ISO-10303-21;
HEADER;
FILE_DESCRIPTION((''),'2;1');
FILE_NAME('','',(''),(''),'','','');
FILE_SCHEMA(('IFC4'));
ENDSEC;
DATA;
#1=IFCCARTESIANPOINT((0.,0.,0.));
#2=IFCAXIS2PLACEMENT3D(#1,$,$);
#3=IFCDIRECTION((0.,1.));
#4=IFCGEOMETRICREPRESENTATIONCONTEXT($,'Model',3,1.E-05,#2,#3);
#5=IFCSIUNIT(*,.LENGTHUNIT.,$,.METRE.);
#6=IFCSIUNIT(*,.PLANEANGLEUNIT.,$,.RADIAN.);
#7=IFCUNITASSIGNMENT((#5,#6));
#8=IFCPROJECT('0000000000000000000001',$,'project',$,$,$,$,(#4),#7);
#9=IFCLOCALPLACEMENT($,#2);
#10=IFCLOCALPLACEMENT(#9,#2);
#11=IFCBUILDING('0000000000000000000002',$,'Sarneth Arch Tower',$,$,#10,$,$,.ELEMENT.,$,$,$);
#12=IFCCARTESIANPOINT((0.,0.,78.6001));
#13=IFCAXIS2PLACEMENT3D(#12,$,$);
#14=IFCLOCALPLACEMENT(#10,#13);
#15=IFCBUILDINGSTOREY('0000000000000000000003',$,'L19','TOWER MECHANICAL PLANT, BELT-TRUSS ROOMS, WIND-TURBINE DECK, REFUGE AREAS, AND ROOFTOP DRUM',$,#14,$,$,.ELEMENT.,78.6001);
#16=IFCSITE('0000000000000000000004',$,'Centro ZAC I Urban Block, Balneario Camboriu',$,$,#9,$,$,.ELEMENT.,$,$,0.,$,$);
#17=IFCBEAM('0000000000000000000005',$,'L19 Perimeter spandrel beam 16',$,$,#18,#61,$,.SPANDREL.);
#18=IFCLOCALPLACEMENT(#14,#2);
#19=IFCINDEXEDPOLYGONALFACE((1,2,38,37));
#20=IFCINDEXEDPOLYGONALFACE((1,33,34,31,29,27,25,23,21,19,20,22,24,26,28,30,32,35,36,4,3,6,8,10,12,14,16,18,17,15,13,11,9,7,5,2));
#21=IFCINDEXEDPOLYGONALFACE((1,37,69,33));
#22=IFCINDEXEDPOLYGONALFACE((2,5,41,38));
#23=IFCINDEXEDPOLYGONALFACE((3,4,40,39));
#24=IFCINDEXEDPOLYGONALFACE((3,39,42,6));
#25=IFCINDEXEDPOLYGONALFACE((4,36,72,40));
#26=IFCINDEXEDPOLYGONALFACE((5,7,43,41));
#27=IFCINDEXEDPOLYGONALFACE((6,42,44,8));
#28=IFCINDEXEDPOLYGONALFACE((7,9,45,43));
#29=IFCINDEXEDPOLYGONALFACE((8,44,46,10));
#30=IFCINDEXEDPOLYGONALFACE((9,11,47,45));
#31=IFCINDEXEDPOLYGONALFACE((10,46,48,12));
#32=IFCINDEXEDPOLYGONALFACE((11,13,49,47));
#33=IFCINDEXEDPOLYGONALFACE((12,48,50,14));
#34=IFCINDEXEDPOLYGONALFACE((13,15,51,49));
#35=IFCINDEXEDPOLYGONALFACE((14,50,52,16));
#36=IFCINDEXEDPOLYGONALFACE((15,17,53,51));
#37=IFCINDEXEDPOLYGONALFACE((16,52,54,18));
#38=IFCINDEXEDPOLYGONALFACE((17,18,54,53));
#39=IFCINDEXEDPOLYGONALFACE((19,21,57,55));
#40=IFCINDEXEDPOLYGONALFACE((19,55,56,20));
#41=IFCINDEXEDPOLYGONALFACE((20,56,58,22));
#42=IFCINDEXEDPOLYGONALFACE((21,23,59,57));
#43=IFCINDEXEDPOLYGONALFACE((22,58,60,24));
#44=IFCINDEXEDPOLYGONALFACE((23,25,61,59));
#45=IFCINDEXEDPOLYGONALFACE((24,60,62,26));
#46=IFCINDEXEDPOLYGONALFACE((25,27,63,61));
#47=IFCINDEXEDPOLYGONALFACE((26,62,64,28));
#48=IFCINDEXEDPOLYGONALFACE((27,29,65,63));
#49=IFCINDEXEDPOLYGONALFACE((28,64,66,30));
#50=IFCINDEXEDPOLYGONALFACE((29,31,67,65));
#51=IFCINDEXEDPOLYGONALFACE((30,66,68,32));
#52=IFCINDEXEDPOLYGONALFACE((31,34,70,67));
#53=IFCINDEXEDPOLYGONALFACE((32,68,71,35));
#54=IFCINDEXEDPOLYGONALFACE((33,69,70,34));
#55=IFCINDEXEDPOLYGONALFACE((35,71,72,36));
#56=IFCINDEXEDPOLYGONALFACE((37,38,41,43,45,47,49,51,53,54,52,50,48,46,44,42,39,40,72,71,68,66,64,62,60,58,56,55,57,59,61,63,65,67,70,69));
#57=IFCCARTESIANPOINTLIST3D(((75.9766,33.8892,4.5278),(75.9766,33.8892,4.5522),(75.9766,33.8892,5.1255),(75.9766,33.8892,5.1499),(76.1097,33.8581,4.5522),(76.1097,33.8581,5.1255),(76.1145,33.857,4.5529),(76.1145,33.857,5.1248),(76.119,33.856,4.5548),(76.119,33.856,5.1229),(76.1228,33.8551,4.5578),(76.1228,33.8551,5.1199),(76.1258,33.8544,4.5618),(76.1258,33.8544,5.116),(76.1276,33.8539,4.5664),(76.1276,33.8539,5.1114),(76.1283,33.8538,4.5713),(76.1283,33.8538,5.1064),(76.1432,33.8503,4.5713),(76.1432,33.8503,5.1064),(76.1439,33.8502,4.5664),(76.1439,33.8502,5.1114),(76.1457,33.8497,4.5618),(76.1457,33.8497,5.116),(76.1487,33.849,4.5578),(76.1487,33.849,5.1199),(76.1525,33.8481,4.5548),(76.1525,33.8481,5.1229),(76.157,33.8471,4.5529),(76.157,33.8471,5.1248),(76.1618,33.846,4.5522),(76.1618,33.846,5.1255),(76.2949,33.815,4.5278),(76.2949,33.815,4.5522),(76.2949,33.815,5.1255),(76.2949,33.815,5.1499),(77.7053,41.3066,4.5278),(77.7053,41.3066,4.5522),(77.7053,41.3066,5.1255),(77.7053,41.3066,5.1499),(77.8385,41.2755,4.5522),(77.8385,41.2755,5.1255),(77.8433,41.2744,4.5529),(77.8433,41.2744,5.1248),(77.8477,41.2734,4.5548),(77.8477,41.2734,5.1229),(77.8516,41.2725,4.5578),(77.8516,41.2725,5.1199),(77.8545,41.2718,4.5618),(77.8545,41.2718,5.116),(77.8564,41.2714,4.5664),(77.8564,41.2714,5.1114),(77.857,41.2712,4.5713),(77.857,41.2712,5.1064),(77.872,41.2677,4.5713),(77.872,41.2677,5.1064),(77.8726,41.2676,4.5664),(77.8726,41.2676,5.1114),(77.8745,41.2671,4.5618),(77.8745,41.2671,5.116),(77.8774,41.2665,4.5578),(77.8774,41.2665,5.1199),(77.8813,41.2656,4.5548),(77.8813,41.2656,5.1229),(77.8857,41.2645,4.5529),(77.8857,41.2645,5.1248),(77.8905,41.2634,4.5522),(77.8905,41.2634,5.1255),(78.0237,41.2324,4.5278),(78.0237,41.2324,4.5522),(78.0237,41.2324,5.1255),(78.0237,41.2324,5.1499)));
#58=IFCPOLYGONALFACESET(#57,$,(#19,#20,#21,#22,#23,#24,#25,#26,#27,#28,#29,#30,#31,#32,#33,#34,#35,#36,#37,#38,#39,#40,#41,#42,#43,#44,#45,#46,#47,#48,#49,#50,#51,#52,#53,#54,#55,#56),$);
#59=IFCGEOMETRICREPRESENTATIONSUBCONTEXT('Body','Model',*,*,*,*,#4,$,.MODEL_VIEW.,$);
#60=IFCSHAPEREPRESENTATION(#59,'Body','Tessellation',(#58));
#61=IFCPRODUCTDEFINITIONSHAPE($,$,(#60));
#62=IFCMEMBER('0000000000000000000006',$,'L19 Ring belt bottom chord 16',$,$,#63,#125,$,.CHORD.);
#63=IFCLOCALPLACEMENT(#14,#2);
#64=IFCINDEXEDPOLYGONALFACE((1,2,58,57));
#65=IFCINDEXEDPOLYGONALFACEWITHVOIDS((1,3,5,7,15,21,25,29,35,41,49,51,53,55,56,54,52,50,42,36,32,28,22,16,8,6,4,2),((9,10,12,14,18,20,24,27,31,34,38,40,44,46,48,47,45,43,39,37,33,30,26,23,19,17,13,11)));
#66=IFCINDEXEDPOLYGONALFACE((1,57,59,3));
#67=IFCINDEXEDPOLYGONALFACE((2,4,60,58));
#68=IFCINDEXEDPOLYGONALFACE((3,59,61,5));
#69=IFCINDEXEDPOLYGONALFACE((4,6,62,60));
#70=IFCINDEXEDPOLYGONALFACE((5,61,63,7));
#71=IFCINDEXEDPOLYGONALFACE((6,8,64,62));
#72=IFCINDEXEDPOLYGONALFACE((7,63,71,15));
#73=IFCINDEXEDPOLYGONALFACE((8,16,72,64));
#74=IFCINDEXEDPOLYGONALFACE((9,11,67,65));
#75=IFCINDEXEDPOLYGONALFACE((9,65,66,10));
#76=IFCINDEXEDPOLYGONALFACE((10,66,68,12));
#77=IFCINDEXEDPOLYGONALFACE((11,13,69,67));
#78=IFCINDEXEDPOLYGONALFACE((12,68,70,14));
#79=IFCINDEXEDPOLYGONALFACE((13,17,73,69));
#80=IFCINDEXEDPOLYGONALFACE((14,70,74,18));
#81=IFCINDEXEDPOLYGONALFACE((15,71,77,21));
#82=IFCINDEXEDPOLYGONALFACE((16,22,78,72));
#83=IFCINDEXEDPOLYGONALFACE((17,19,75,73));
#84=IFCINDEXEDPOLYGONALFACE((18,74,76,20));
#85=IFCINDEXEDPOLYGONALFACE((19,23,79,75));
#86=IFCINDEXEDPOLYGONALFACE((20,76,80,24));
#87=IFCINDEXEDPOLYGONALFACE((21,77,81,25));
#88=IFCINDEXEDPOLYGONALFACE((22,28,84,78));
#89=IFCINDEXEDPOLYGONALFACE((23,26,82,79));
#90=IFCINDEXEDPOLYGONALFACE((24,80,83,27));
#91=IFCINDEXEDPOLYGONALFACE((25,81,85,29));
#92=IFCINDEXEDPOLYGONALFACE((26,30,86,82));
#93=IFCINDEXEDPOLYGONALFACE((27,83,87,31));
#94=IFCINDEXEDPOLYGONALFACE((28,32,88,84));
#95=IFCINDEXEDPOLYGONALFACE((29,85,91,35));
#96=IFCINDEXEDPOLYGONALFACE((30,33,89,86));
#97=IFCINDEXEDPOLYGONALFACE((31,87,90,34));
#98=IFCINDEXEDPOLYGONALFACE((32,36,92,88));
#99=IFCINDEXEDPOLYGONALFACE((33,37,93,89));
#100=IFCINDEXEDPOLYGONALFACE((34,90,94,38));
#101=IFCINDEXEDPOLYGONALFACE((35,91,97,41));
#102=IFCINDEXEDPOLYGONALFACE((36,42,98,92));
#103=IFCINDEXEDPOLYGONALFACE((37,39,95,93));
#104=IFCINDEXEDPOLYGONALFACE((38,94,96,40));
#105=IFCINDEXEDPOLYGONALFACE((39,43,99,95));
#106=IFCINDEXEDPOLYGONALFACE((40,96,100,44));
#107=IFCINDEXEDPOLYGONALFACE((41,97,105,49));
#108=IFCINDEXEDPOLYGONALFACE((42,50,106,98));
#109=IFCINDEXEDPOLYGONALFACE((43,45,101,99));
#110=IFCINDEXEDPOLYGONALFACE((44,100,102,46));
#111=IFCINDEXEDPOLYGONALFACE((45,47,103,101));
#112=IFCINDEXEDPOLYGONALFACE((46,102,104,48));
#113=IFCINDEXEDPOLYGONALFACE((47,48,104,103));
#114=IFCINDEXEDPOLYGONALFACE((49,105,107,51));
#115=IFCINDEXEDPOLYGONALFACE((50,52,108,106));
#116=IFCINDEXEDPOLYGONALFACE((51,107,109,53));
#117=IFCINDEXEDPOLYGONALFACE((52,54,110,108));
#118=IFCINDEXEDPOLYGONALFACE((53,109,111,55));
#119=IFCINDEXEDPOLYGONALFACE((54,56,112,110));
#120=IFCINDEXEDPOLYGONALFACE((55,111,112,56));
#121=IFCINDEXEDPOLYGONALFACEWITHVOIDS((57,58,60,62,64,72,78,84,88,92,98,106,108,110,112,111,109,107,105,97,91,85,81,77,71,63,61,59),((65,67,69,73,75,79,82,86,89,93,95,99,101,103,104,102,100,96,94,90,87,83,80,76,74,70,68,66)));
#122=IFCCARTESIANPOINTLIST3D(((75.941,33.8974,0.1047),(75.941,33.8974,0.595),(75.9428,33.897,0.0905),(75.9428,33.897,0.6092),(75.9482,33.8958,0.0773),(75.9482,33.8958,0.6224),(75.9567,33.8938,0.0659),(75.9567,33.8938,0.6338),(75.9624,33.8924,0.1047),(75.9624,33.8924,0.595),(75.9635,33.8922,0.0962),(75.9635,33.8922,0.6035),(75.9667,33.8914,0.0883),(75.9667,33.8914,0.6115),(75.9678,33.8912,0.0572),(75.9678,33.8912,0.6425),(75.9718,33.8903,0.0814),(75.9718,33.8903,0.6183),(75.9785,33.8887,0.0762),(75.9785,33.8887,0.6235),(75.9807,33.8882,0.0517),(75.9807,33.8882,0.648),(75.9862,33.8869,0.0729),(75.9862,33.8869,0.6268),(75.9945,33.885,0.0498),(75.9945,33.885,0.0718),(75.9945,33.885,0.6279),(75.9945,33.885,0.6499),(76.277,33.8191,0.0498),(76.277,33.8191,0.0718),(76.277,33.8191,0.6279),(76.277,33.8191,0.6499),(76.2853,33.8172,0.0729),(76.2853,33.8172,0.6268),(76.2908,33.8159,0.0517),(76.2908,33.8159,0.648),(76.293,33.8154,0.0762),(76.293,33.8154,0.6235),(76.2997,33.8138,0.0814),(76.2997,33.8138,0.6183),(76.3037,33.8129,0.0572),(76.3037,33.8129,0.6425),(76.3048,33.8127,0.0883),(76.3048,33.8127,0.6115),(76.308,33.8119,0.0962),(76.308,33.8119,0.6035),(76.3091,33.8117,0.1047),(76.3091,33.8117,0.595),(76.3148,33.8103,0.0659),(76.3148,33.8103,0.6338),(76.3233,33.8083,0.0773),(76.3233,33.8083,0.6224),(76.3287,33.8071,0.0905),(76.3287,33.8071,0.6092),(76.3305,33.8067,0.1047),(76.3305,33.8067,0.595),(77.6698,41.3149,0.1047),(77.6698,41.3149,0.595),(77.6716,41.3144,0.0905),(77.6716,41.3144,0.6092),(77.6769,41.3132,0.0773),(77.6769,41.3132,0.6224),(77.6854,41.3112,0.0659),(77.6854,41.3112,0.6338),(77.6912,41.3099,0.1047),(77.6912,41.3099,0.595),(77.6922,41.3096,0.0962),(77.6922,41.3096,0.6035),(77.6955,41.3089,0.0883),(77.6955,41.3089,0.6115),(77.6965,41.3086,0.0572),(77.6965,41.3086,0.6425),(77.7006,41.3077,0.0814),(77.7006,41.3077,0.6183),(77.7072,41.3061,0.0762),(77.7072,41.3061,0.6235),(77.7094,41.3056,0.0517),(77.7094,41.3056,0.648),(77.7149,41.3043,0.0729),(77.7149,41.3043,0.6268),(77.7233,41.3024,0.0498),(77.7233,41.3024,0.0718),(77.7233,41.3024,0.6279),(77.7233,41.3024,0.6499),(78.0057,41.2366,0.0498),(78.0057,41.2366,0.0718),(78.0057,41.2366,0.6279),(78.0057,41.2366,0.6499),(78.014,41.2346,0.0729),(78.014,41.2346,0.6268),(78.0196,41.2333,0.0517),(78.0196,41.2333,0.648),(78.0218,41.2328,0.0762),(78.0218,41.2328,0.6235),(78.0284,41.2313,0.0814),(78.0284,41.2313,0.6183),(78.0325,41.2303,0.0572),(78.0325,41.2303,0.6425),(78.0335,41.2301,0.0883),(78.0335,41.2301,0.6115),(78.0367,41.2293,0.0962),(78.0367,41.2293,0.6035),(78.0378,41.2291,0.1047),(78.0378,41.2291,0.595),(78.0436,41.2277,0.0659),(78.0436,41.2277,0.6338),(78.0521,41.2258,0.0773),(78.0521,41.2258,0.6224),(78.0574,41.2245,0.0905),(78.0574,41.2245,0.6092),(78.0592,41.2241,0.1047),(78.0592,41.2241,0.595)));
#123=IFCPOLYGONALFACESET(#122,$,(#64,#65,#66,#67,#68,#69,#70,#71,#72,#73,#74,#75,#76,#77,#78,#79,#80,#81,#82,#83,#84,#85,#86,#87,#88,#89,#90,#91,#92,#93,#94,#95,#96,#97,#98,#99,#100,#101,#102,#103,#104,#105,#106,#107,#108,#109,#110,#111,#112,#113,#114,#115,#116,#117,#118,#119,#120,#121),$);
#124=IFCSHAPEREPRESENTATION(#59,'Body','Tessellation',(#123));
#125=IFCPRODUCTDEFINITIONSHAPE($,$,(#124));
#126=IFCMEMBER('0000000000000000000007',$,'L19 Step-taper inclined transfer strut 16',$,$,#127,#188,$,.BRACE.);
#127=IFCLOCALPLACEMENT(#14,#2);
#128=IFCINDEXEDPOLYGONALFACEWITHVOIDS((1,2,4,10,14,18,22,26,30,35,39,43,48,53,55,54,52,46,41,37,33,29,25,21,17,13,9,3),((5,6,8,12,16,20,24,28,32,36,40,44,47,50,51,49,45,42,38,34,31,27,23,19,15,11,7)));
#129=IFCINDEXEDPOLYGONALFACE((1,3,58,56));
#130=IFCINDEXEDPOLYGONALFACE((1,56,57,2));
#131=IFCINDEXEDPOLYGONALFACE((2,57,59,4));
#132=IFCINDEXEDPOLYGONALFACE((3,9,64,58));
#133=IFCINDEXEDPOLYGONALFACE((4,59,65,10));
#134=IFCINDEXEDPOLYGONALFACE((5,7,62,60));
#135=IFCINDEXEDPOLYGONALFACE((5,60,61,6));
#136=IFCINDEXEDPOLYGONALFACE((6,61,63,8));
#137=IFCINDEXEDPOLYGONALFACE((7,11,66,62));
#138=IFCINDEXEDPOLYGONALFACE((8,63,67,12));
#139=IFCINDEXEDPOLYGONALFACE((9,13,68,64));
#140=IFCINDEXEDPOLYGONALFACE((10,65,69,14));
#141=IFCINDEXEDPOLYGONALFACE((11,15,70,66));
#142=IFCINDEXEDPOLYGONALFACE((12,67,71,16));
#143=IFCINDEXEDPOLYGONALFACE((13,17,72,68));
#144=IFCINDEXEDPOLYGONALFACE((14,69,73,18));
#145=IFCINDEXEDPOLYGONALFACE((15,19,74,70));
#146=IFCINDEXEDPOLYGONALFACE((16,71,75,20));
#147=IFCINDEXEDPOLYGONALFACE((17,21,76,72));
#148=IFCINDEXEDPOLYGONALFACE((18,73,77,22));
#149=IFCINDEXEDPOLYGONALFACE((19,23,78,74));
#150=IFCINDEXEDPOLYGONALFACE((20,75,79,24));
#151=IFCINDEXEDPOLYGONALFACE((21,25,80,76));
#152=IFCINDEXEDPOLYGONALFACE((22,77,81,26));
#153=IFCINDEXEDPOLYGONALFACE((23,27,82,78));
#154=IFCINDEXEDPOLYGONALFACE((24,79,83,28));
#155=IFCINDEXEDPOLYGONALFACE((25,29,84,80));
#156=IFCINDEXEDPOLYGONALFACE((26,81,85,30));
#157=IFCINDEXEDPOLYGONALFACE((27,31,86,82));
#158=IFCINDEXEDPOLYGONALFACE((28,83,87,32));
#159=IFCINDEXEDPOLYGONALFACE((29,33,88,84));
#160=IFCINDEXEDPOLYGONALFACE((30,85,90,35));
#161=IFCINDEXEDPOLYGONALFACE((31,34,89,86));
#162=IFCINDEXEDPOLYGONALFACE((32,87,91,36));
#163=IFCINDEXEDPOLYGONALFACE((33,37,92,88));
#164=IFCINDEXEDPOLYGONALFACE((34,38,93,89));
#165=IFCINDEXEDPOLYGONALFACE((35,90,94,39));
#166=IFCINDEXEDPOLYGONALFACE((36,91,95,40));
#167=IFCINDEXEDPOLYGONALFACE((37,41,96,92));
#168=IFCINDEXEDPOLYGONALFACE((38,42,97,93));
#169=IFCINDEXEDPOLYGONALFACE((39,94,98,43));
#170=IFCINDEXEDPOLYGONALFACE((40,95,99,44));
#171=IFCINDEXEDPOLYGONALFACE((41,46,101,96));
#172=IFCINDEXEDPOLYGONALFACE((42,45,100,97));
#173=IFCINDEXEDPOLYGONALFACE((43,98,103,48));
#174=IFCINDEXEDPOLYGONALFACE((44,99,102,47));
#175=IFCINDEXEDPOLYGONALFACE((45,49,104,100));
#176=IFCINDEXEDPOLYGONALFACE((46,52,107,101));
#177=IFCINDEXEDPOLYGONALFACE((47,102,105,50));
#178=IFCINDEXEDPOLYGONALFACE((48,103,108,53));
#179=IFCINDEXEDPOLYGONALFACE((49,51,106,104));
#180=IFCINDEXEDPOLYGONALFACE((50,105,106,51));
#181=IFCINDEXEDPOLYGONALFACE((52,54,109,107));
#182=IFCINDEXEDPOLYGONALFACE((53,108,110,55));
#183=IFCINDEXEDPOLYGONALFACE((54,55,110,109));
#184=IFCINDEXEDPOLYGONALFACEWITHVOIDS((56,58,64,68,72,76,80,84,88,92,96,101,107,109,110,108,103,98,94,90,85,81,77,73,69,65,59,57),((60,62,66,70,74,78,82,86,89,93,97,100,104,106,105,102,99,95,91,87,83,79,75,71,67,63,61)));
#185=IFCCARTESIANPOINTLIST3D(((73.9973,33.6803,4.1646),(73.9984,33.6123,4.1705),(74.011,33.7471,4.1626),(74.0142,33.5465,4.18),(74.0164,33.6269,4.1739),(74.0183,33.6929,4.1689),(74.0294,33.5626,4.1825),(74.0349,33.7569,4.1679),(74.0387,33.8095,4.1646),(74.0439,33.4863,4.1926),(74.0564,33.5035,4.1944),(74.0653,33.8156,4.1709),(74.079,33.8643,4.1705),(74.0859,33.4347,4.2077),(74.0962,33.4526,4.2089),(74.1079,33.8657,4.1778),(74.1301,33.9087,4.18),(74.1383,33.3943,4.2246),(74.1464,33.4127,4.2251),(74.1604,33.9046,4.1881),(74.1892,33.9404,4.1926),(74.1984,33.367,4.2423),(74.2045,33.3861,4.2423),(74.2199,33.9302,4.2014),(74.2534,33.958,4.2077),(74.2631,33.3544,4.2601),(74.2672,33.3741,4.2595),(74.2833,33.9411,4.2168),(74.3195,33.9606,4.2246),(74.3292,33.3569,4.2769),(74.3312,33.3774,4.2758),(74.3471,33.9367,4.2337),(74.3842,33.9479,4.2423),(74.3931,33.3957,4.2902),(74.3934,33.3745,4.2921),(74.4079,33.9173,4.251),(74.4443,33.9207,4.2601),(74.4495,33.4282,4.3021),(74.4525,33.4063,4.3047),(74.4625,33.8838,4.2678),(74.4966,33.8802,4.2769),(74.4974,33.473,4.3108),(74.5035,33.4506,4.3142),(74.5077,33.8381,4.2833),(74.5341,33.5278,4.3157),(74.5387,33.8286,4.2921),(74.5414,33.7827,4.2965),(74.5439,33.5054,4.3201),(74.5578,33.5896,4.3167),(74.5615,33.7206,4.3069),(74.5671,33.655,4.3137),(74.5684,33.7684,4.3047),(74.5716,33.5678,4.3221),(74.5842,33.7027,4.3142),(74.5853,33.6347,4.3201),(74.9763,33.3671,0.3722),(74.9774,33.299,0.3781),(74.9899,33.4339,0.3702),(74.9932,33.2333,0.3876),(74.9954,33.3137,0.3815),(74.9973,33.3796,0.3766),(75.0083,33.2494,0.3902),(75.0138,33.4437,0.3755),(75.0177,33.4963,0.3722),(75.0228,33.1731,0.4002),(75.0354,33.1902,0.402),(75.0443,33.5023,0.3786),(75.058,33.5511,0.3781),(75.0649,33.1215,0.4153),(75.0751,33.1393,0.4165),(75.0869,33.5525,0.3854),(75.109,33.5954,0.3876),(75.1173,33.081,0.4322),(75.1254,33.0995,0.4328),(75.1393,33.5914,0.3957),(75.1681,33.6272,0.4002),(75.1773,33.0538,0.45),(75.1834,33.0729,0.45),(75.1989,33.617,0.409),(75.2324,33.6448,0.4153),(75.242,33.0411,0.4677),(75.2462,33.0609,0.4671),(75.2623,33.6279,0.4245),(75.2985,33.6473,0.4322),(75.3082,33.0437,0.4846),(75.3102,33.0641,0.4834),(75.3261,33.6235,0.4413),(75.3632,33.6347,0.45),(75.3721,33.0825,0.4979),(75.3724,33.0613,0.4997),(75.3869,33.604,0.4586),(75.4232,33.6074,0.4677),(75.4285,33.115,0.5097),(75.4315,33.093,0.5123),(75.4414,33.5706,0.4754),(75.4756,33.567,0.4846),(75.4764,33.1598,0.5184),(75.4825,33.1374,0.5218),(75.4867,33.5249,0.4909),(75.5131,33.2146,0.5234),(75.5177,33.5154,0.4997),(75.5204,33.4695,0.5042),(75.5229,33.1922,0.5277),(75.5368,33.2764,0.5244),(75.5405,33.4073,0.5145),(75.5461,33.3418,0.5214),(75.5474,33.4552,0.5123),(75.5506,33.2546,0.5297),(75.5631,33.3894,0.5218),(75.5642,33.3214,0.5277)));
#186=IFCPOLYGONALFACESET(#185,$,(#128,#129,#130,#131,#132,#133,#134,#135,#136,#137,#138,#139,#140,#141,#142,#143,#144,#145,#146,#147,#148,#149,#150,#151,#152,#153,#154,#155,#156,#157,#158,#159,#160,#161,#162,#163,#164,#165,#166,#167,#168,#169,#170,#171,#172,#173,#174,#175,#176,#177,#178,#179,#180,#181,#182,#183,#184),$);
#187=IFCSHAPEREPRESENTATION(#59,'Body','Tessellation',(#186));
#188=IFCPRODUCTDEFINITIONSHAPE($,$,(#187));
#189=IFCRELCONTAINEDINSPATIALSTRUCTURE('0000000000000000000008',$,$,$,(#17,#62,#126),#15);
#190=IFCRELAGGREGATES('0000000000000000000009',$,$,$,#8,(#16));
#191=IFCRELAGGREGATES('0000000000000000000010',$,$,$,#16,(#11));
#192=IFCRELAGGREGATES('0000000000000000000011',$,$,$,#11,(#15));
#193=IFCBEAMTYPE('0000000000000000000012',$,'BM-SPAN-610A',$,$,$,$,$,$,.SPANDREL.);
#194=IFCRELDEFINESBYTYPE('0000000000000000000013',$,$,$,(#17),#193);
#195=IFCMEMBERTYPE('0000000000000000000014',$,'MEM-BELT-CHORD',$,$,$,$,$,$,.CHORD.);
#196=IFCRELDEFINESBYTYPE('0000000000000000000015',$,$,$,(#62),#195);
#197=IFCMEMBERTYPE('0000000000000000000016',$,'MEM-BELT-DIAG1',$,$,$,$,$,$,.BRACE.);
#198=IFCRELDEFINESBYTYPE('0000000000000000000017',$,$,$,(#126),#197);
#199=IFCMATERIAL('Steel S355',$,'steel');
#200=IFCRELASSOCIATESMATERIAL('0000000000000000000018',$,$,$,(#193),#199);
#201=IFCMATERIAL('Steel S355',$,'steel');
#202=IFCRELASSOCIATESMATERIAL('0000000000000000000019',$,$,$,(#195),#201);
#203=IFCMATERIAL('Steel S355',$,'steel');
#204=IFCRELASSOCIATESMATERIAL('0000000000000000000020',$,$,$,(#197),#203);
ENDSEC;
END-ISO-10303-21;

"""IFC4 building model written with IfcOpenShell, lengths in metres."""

from ifc_helpers import new_model, si_unit, direction, frame, origin, origin_2d, place, context, subcontext, project, spatial, hollow_rectangle, hollow_circle, i_section, extrude, material, material_profile, profile_set, type_object, element, save


model = new_model("IFC4")

# Units and contexts
model_context = context("Model", 3, precision=1e-05, world=origin(), true_north=direction((0.0, 1.0)))
body_context = subcontext(model_context, "Body", "Model", "MODEL_VIEW")
ifc_project = project(units=[si_unit("LENGTHUNIT", "METRE"), si_unit("PLANEANGLEUNIT", "RADIAN")], contexts=[model_context])

# Site, building, storey
site_placement = place(None, origin())
site = spatial("IfcSite", under=ifc_project, at=site_placement, Name="Centro ZAC I Urban Block, Balneario Camboriu", CompositionType="ELEMENT", RefElevation=0.0)
building_placement = place(site_placement, origin())
building = spatial("IfcBuilding", under=site, at=building_placement, Name="Sarneth Arch Tower", CompositionType="ELEMENT")
storey_placement = place(building_placement, frame((0.0, 0.0, 78.6001)))
storey = spatial("IfcBuildingStorey", under=building, at=storey_placement, Name="L19", Description="TOWER MECHANICAL PLANT, BELT-TRUSS ROOMS, WIND-TURBINE DECK, REFUGE AREAS, AND ROOFTOP DRUM", CompositionType="ELEMENT", Elevation=78.6001)

# Beam
ifc_material_1 = material(Name="Steel S355", Category="steel")
ifc_material_profile_1 = material_profile(ifc_material_1, i_section(OverallWidth=0.3269, OverallDepth=0.6221, WebThickness=0.0154, FlangeThickness=0.0244, FilletRadius=0.019, at=origin_2d()), Name="W610x195")
ifc_profile_set_1 = profile_set([ifc_material_profile_1], Name="Steel S355")
beam_type_1 = type_object("IfcBeamType", Name="BM-SPAN-610A", PredefinedType="SPANDREL", material=ifc_profile_set_1)
beam_1_placement = place(storey_placement, frame((76.1357, 33.8521, 4.8389), z_axis=(0.226982, 0.973899, 0.0), x_axis=(-0.973899, 0.226982, 0.0)))
element("IfcBeam", 1, at=beam_1_placement, inside=storey, type_object=beam_type_1, Name="L19 Perimeter spandrel beam 16", PredefinedType="SPANDREL", context=body_context, shape_type="SweptSolid", body=[
    extrude(i_section(OverallWidth=0.3269, OverallDepth=0.6221, WebThickness=0.0154, FlangeThickness=0.0244, FilletRadius=0.019, at=origin_2d()), origin(), (0.0, 0.0, 1.0), 7.6162),
])

# Members
ifc_material_2 = material(Name="Steel S355", Category="steel")
ifc_material_profile_2 = material_profile(ifc_material_2, hollow_rectangle(XDim=0.3999, YDim=0.6001, WallThickness=0.022, InnerFilletRadius=0.033, OuterFilletRadius=0.0549, at=origin_2d()), Name="RHS600x400x22")
ifc_profile_set_2 = profile_set([ifc_material_profile_2], Name="Steel S355")
member_type_1 = type_object("IfcMemberType", Name="MEM-BELT-CHORD", PredefinedType="CHORD", material=ifc_profile_set_2)
member_1_placement = place(storey_placement, frame((76.1357, 33.8521, 0.3499), z_axis=(0.226982, 0.973899, 0.0), x_axis=(-0.973899, 0.226982, 0.0)))
element("IfcMember", 2, at=member_1_placement, inside=storey, type_object=member_type_1, Name="L19 Ring belt bottom chord 16", PredefinedType="CHORD", context=body_context, shape_type="SweptSolid", body=[
    extrude(hollow_rectangle(XDim=0.3999, YDim=0.6001, WallThickness=0.022, InnerFilletRadius=0.033, OuterFilletRadius=0.0549, at=origin_2d()), origin(), (0.0, 0.0, 1.0), 7.6162),
])
ifc_material_3 = material(Name="Steel S355", Category="steel")
ifc_material_profile_3 = material_profile(ifc_material_3, hollow_circle(Radius=0.3049, WallThickness=0.02, at=origin_2d()), Name="CHS610x20")
ifc_profile_set_3 = profile_set([ifc_material_profile_3], Name="Steel S355")
member_type_2 = type_object("IfcMemberType", Name="MEM-BELT-DIAG1", PredefinedType="BRACE", material=ifc_profile_set_3)
member_2_placement = place(storey_placement, frame((75.2703, 33.3442, 0.45), z_axis=(-0.249154, 0.079717, 0.965177), x_axis=(-0.304733, -0.952438, 0.0)))
element("IfcMember", 3, at=member_2_placement, inside=storey, type_object=member_type_2, Name="L19 Step-taper inclined transfer strut 16", PredefinedType="BRACE", context=body_context, shape_type="SweptSolid", body=[
    extrude(hollow_circle(Radius=0.3049, WallThickness=0.02, at=origin_2d()), origin(), (0.0, 0.0, 1.0), 3.9292),
])

save(model, "model.ifc")
